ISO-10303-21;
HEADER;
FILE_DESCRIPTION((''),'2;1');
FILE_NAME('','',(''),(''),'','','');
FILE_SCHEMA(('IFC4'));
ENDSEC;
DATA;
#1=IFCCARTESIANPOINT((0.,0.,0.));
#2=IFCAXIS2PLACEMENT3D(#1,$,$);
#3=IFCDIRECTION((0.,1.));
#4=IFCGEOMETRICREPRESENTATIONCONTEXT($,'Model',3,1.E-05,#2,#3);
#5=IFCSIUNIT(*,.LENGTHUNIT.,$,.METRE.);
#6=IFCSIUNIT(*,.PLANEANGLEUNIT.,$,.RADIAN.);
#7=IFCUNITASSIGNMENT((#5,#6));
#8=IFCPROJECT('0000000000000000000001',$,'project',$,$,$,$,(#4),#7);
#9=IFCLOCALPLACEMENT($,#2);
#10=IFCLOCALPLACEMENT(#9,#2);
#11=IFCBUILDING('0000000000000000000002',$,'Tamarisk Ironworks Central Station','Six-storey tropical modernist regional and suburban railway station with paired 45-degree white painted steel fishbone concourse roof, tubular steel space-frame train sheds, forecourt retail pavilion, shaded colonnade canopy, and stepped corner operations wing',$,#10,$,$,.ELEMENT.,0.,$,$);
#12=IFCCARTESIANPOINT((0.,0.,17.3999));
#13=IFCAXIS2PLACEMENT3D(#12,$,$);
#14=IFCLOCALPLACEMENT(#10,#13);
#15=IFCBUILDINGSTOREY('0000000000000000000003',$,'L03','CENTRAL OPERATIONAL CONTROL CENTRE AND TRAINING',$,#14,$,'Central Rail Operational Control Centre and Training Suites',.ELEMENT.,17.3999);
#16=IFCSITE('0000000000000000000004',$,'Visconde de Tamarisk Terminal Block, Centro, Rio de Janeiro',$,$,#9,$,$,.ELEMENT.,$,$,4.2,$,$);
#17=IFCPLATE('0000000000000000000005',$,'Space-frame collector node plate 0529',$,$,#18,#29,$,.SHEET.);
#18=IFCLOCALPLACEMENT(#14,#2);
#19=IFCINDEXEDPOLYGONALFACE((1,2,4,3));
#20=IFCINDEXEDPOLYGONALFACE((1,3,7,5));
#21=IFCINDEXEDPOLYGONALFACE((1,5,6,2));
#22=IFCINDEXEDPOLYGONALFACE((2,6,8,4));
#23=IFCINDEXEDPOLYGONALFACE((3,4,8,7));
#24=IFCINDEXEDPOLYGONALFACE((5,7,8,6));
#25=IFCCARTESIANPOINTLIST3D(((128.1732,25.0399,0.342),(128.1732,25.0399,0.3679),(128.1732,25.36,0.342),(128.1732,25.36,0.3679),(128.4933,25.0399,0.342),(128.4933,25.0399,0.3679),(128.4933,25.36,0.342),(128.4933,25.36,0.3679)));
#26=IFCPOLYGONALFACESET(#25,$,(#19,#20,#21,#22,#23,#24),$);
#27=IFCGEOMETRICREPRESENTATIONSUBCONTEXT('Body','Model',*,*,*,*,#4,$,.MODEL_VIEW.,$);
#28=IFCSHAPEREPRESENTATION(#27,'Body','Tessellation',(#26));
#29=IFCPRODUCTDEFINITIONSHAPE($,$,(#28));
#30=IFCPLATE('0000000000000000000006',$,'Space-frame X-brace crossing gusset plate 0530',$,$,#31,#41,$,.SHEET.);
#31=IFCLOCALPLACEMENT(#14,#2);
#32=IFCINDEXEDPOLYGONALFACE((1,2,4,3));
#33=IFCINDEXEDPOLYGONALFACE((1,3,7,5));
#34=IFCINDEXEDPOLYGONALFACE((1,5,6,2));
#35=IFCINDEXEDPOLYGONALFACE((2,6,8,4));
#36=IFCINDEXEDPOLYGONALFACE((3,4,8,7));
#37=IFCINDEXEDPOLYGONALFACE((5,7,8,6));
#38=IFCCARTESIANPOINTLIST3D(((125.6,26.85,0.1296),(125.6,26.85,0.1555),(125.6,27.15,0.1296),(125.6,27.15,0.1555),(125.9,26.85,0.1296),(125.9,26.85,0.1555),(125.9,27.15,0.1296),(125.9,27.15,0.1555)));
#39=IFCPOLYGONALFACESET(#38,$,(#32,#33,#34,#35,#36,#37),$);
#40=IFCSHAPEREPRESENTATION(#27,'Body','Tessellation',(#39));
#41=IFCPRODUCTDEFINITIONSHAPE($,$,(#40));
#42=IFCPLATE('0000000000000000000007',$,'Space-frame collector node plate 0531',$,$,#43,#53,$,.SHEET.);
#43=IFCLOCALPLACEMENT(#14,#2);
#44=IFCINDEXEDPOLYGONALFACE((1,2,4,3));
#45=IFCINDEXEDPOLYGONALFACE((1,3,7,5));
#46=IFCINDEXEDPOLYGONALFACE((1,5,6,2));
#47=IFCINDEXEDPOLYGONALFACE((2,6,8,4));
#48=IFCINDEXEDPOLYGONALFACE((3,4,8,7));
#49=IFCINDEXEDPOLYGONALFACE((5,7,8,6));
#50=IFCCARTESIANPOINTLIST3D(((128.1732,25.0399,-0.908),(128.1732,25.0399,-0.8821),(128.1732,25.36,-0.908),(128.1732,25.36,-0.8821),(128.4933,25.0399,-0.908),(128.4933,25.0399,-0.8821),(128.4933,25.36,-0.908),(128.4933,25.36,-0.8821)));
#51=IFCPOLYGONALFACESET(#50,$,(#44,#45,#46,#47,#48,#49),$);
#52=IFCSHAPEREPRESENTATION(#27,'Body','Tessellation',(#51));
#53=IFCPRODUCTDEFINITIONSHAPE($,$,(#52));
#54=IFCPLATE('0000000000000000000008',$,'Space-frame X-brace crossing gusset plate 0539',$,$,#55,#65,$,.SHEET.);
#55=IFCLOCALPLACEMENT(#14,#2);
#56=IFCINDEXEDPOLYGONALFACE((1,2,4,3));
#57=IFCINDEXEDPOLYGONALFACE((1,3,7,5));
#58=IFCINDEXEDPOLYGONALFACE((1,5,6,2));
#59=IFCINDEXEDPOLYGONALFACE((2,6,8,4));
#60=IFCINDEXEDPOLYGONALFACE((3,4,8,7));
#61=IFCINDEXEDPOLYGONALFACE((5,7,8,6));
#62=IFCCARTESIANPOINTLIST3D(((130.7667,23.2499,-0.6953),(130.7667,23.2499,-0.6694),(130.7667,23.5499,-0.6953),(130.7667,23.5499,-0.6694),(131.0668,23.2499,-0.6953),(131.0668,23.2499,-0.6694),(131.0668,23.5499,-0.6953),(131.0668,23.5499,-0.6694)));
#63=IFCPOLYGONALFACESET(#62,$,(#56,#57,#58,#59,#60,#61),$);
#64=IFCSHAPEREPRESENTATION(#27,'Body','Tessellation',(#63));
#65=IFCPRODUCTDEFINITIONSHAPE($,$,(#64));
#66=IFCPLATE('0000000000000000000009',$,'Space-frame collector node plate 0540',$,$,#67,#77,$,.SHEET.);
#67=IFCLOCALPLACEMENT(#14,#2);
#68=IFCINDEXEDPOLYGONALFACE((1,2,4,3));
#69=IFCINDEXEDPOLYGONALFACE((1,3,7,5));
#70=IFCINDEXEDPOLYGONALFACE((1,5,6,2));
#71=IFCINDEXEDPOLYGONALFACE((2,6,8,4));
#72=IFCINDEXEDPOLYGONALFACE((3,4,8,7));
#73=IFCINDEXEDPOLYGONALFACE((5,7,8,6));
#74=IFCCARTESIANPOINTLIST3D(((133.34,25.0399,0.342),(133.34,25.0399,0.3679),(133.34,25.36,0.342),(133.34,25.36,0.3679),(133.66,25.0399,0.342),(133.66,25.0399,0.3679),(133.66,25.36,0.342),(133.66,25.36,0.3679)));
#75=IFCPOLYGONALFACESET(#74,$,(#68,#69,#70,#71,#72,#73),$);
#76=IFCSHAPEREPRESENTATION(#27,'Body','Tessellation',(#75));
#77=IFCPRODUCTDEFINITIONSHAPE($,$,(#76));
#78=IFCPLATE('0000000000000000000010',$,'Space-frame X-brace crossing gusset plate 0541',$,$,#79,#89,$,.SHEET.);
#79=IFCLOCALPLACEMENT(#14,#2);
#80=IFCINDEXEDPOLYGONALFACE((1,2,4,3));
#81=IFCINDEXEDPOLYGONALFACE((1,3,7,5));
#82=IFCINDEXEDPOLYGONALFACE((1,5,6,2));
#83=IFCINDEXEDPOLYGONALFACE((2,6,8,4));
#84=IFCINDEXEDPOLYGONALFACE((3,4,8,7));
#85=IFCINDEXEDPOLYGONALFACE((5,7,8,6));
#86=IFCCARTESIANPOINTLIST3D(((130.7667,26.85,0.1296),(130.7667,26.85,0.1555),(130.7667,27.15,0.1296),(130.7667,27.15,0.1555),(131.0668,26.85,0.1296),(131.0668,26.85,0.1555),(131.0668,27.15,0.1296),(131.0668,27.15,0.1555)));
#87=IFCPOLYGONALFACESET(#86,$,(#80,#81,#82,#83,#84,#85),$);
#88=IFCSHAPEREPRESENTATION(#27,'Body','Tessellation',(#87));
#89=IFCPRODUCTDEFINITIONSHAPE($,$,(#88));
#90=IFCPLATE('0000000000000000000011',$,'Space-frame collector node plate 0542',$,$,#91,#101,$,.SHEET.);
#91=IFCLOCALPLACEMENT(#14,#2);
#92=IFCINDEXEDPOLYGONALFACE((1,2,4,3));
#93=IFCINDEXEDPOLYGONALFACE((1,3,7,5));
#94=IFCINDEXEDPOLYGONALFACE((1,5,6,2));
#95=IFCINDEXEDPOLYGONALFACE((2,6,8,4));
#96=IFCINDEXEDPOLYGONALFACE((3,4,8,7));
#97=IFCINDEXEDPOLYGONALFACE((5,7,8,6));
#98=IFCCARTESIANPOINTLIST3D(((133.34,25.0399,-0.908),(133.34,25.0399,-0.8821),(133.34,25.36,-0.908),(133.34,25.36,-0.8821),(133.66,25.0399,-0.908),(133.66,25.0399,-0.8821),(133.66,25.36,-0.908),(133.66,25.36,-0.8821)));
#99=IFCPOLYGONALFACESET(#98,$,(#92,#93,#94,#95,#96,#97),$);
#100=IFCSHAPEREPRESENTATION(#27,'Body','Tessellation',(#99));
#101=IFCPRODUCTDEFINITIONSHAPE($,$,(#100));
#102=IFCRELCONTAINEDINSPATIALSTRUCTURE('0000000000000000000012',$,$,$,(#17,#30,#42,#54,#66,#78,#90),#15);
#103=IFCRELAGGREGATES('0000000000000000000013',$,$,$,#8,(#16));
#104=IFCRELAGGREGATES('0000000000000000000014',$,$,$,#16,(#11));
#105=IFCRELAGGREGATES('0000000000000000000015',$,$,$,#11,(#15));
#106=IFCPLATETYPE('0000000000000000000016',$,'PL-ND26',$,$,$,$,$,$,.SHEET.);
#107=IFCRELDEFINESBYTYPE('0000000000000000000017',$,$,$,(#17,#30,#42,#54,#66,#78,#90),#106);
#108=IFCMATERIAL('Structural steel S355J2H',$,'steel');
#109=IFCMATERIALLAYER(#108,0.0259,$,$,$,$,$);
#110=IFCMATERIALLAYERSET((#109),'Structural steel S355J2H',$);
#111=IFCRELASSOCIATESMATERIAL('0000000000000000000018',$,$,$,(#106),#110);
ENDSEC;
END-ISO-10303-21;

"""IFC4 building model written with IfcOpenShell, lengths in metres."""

from ifc_helpers import new_model, si_unit, direction, frame, origin, origin_2d, place, context, subcontext, project, spatial, rectangle, extrude, material, layer, layer_set, type_object, element, save


model = new_model("IFC4")

# Units and contexts
model_context = context("Model", 3, precision=1e-05, world=origin(), true_north=direction((0.0, 1.0)))
body_context = subcontext(model_context, "Body", "Model", "MODEL_VIEW")
ifc_project = project(units=[si_unit("LENGTHUNIT", "METRE"), si_unit("PLANEANGLEUNIT", "RADIAN")], contexts=[model_context])

# Site, building, storey
site_placement = place(None, origin())
site = spatial("IfcSite", under=ifc_project, at=site_placement, Name="Visconde de Tamarisk Terminal Block, Centro, Rio de Janeiro", CompositionType="ELEMENT", RefElevation=4.2)
building_placement = place(site_placement, origin())
building = spatial("IfcBuilding", under=site, at=building_placement, Name="Tamarisk Ironworks Central Station", Description="Six-storey tropical modernist regional and suburban railway station with paired 45-degree white painted steel fishbone concourse roof, tubular steel space-frame train sheds, forecourt retail pavilion, shaded colonnade canopy, and stepped corner operations wing", CompositionType="ELEMENT", ElevationOfRefHeight=0.0)
storey_placement = place(building_placement, frame((0.0, 0.0, 17.3999)))
storey = spatial("IfcBuildingStorey", under=building, at=storey_placement, Name="L03", Description="CENTRAL OPERATIONAL CONTROL CENTRE AND TRAINING", LongName="Central Rail Operational Control Centre and Training Suites", CompositionType="ELEMENT", Elevation=17.3999)

# Shared definitions
ifc_material_1 = material(Name="Structural steel S355J2H", Category="steel")

# Plates
ifc_layer_1 = layer(ifc_material_1, 0.0259)
ifc_layer_set_1 = layer_set([ifc_layer_1], Name="Structural steel S355J2H")
plate_type_1 = type_object("IfcPlateType", Name="PL-ND26", PredefinedType="SHEET", material=ifc_layer_set_1)
for number, where, z_axis, x_axis, name in (
    (1, (128.3333, 25.2, 0.342), (0.0, 0.0, 1.0), (1.0, 0.0, 0.0), "Space-frame collector node plate 0529"),
):
    element("IfcPlate", number, at=place(storey_placement, frame(where, z_axis=z_axis, x_axis=x_axis)), inside=storey, type_object=plate_type_1, Name=name, PredefinedType="SHEET", context=body_context, shape_type="SweptSolid", body=[
        extrude(rectangle(XDim=0.3201, YDim=0.3201, at=origin_2d()), origin(), (0.0, 0.0, 1.0), 0.0259),
    ])
plate_1_placement = place(storey_placement, frame((125.75, 27.0, 0.1296), z_axis=(0.0, 0.0, 1.0), x_axis=(1.0, 0.0, 0.0)))
element("IfcPlate", 2, at=plate_1_placement, inside=storey, type_object=plate_type_1, Name="Space-frame X-brace crossing gusset plate 0530", PredefinedType="SHEET", context=body_context, shape_type="SweptSolid", body=[
    extrude(rectangle(XDim=0.3, YDim=0.3, at=origin_2d()), origin(), (0.0, 0.0, 1.0), 0.0259),
])
plate_2_placement = place(storey_placement, frame((128.3333, 25.2, -0.908), z_axis=(0.0, 0.0, 1.0), x_axis=(1.0, 0.0, 0.0)))
element("IfcPlate", 3, at=plate_2_placement, inside=storey, type_object=plate_type_1, Name="Space-frame collector node plate 0531", PredefinedType="SHEET", context=body_context, shape_type="SweptSolid", body=[
    extrude(rectangle(XDim=0.3201, YDim=0.3201, at=origin_2d()), origin(), (0.0, 0.0, 1.0), 0.0259),
])
plate_3_placement = place(storey_placement, frame((130.9167, 23.3999, -0.6953), z_axis=(0.0, 0.0, 1.0), x_axis=(1.0, 0.0, 0.0)))
element("IfcPlate", 4, at=plate_3_placement, inside=storey, type_object=plate_type_1, Name="Space-frame X-brace crossing gusset plate 0539", PredefinedType="SHEET", context=body_context, shape_type="SweptSolid", body=[
    extrude(rectangle(XDim=0.3, YDim=0.3, at=origin_2d()), origin(), (0.0, 0.0, 1.0), 0.0259),
])
plate_4_placement = place(storey_placement, frame((133.5, 25.2, 0.342), z_axis=(0.0, 0.0, 1.0), x_axis=(1.0, 0.0, 0.0)))
element("IfcPlate", 5, at=plate_4_placement, inside=storey, type_object=plate_type_1, Name="Space-frame collector node plate 0540", PredefinedType="SHEET", context=body_context, shape_type="SweptSolid", body=[
    extrude(rectangle(XDim=0.3201, YDim=0.3201, at=origin_2d()), origin(), (0.0, 0.0, 1.0), 0.0259),
])
plate_5_placement = place(storey_placement, frame((130.9167, 27.0, 0.1296), z_axis=(0.0, 0.0, 1.0), x_axis=(1.0, 0.0, 0.0)))
element("IfcPlate", 6, at=plate_5_placement, inside=storey, type_object=plate_type_1, Name="Space-frame X-brace crossing gusset plate 0541", PredefinedType="SHEET", context=body_context, shape_type="SweptSolid", body=[
    extrude(rectangle(XDim=0.3, YDim=0.3, at=origin_2d()), origin(), (0.0, 0.0, 1.0), 0.0259),
])
plate_6_placement = place(storey_placement, frame((133.5, 25.2, -0.908), z_axis=(0.0, 0.0, 1.0), x_axis=(1.0, 0.0, 0.0)))
element("IfcPlate", 7, at=plate_6_placement, inside=storey, type_object=plate_type_1, Name="Space-frame collector node plate 0542", PredefinedType="SHEET", context=body_context, shape_type="SweptSolid", body=[
    extrude(rectangle(XDim=0.3201, YDim=0.3201, at=origin_2d()), origin(), (0.0, 0.0, 1.0), 0.0259),
])

save(model, "model.ifc")
